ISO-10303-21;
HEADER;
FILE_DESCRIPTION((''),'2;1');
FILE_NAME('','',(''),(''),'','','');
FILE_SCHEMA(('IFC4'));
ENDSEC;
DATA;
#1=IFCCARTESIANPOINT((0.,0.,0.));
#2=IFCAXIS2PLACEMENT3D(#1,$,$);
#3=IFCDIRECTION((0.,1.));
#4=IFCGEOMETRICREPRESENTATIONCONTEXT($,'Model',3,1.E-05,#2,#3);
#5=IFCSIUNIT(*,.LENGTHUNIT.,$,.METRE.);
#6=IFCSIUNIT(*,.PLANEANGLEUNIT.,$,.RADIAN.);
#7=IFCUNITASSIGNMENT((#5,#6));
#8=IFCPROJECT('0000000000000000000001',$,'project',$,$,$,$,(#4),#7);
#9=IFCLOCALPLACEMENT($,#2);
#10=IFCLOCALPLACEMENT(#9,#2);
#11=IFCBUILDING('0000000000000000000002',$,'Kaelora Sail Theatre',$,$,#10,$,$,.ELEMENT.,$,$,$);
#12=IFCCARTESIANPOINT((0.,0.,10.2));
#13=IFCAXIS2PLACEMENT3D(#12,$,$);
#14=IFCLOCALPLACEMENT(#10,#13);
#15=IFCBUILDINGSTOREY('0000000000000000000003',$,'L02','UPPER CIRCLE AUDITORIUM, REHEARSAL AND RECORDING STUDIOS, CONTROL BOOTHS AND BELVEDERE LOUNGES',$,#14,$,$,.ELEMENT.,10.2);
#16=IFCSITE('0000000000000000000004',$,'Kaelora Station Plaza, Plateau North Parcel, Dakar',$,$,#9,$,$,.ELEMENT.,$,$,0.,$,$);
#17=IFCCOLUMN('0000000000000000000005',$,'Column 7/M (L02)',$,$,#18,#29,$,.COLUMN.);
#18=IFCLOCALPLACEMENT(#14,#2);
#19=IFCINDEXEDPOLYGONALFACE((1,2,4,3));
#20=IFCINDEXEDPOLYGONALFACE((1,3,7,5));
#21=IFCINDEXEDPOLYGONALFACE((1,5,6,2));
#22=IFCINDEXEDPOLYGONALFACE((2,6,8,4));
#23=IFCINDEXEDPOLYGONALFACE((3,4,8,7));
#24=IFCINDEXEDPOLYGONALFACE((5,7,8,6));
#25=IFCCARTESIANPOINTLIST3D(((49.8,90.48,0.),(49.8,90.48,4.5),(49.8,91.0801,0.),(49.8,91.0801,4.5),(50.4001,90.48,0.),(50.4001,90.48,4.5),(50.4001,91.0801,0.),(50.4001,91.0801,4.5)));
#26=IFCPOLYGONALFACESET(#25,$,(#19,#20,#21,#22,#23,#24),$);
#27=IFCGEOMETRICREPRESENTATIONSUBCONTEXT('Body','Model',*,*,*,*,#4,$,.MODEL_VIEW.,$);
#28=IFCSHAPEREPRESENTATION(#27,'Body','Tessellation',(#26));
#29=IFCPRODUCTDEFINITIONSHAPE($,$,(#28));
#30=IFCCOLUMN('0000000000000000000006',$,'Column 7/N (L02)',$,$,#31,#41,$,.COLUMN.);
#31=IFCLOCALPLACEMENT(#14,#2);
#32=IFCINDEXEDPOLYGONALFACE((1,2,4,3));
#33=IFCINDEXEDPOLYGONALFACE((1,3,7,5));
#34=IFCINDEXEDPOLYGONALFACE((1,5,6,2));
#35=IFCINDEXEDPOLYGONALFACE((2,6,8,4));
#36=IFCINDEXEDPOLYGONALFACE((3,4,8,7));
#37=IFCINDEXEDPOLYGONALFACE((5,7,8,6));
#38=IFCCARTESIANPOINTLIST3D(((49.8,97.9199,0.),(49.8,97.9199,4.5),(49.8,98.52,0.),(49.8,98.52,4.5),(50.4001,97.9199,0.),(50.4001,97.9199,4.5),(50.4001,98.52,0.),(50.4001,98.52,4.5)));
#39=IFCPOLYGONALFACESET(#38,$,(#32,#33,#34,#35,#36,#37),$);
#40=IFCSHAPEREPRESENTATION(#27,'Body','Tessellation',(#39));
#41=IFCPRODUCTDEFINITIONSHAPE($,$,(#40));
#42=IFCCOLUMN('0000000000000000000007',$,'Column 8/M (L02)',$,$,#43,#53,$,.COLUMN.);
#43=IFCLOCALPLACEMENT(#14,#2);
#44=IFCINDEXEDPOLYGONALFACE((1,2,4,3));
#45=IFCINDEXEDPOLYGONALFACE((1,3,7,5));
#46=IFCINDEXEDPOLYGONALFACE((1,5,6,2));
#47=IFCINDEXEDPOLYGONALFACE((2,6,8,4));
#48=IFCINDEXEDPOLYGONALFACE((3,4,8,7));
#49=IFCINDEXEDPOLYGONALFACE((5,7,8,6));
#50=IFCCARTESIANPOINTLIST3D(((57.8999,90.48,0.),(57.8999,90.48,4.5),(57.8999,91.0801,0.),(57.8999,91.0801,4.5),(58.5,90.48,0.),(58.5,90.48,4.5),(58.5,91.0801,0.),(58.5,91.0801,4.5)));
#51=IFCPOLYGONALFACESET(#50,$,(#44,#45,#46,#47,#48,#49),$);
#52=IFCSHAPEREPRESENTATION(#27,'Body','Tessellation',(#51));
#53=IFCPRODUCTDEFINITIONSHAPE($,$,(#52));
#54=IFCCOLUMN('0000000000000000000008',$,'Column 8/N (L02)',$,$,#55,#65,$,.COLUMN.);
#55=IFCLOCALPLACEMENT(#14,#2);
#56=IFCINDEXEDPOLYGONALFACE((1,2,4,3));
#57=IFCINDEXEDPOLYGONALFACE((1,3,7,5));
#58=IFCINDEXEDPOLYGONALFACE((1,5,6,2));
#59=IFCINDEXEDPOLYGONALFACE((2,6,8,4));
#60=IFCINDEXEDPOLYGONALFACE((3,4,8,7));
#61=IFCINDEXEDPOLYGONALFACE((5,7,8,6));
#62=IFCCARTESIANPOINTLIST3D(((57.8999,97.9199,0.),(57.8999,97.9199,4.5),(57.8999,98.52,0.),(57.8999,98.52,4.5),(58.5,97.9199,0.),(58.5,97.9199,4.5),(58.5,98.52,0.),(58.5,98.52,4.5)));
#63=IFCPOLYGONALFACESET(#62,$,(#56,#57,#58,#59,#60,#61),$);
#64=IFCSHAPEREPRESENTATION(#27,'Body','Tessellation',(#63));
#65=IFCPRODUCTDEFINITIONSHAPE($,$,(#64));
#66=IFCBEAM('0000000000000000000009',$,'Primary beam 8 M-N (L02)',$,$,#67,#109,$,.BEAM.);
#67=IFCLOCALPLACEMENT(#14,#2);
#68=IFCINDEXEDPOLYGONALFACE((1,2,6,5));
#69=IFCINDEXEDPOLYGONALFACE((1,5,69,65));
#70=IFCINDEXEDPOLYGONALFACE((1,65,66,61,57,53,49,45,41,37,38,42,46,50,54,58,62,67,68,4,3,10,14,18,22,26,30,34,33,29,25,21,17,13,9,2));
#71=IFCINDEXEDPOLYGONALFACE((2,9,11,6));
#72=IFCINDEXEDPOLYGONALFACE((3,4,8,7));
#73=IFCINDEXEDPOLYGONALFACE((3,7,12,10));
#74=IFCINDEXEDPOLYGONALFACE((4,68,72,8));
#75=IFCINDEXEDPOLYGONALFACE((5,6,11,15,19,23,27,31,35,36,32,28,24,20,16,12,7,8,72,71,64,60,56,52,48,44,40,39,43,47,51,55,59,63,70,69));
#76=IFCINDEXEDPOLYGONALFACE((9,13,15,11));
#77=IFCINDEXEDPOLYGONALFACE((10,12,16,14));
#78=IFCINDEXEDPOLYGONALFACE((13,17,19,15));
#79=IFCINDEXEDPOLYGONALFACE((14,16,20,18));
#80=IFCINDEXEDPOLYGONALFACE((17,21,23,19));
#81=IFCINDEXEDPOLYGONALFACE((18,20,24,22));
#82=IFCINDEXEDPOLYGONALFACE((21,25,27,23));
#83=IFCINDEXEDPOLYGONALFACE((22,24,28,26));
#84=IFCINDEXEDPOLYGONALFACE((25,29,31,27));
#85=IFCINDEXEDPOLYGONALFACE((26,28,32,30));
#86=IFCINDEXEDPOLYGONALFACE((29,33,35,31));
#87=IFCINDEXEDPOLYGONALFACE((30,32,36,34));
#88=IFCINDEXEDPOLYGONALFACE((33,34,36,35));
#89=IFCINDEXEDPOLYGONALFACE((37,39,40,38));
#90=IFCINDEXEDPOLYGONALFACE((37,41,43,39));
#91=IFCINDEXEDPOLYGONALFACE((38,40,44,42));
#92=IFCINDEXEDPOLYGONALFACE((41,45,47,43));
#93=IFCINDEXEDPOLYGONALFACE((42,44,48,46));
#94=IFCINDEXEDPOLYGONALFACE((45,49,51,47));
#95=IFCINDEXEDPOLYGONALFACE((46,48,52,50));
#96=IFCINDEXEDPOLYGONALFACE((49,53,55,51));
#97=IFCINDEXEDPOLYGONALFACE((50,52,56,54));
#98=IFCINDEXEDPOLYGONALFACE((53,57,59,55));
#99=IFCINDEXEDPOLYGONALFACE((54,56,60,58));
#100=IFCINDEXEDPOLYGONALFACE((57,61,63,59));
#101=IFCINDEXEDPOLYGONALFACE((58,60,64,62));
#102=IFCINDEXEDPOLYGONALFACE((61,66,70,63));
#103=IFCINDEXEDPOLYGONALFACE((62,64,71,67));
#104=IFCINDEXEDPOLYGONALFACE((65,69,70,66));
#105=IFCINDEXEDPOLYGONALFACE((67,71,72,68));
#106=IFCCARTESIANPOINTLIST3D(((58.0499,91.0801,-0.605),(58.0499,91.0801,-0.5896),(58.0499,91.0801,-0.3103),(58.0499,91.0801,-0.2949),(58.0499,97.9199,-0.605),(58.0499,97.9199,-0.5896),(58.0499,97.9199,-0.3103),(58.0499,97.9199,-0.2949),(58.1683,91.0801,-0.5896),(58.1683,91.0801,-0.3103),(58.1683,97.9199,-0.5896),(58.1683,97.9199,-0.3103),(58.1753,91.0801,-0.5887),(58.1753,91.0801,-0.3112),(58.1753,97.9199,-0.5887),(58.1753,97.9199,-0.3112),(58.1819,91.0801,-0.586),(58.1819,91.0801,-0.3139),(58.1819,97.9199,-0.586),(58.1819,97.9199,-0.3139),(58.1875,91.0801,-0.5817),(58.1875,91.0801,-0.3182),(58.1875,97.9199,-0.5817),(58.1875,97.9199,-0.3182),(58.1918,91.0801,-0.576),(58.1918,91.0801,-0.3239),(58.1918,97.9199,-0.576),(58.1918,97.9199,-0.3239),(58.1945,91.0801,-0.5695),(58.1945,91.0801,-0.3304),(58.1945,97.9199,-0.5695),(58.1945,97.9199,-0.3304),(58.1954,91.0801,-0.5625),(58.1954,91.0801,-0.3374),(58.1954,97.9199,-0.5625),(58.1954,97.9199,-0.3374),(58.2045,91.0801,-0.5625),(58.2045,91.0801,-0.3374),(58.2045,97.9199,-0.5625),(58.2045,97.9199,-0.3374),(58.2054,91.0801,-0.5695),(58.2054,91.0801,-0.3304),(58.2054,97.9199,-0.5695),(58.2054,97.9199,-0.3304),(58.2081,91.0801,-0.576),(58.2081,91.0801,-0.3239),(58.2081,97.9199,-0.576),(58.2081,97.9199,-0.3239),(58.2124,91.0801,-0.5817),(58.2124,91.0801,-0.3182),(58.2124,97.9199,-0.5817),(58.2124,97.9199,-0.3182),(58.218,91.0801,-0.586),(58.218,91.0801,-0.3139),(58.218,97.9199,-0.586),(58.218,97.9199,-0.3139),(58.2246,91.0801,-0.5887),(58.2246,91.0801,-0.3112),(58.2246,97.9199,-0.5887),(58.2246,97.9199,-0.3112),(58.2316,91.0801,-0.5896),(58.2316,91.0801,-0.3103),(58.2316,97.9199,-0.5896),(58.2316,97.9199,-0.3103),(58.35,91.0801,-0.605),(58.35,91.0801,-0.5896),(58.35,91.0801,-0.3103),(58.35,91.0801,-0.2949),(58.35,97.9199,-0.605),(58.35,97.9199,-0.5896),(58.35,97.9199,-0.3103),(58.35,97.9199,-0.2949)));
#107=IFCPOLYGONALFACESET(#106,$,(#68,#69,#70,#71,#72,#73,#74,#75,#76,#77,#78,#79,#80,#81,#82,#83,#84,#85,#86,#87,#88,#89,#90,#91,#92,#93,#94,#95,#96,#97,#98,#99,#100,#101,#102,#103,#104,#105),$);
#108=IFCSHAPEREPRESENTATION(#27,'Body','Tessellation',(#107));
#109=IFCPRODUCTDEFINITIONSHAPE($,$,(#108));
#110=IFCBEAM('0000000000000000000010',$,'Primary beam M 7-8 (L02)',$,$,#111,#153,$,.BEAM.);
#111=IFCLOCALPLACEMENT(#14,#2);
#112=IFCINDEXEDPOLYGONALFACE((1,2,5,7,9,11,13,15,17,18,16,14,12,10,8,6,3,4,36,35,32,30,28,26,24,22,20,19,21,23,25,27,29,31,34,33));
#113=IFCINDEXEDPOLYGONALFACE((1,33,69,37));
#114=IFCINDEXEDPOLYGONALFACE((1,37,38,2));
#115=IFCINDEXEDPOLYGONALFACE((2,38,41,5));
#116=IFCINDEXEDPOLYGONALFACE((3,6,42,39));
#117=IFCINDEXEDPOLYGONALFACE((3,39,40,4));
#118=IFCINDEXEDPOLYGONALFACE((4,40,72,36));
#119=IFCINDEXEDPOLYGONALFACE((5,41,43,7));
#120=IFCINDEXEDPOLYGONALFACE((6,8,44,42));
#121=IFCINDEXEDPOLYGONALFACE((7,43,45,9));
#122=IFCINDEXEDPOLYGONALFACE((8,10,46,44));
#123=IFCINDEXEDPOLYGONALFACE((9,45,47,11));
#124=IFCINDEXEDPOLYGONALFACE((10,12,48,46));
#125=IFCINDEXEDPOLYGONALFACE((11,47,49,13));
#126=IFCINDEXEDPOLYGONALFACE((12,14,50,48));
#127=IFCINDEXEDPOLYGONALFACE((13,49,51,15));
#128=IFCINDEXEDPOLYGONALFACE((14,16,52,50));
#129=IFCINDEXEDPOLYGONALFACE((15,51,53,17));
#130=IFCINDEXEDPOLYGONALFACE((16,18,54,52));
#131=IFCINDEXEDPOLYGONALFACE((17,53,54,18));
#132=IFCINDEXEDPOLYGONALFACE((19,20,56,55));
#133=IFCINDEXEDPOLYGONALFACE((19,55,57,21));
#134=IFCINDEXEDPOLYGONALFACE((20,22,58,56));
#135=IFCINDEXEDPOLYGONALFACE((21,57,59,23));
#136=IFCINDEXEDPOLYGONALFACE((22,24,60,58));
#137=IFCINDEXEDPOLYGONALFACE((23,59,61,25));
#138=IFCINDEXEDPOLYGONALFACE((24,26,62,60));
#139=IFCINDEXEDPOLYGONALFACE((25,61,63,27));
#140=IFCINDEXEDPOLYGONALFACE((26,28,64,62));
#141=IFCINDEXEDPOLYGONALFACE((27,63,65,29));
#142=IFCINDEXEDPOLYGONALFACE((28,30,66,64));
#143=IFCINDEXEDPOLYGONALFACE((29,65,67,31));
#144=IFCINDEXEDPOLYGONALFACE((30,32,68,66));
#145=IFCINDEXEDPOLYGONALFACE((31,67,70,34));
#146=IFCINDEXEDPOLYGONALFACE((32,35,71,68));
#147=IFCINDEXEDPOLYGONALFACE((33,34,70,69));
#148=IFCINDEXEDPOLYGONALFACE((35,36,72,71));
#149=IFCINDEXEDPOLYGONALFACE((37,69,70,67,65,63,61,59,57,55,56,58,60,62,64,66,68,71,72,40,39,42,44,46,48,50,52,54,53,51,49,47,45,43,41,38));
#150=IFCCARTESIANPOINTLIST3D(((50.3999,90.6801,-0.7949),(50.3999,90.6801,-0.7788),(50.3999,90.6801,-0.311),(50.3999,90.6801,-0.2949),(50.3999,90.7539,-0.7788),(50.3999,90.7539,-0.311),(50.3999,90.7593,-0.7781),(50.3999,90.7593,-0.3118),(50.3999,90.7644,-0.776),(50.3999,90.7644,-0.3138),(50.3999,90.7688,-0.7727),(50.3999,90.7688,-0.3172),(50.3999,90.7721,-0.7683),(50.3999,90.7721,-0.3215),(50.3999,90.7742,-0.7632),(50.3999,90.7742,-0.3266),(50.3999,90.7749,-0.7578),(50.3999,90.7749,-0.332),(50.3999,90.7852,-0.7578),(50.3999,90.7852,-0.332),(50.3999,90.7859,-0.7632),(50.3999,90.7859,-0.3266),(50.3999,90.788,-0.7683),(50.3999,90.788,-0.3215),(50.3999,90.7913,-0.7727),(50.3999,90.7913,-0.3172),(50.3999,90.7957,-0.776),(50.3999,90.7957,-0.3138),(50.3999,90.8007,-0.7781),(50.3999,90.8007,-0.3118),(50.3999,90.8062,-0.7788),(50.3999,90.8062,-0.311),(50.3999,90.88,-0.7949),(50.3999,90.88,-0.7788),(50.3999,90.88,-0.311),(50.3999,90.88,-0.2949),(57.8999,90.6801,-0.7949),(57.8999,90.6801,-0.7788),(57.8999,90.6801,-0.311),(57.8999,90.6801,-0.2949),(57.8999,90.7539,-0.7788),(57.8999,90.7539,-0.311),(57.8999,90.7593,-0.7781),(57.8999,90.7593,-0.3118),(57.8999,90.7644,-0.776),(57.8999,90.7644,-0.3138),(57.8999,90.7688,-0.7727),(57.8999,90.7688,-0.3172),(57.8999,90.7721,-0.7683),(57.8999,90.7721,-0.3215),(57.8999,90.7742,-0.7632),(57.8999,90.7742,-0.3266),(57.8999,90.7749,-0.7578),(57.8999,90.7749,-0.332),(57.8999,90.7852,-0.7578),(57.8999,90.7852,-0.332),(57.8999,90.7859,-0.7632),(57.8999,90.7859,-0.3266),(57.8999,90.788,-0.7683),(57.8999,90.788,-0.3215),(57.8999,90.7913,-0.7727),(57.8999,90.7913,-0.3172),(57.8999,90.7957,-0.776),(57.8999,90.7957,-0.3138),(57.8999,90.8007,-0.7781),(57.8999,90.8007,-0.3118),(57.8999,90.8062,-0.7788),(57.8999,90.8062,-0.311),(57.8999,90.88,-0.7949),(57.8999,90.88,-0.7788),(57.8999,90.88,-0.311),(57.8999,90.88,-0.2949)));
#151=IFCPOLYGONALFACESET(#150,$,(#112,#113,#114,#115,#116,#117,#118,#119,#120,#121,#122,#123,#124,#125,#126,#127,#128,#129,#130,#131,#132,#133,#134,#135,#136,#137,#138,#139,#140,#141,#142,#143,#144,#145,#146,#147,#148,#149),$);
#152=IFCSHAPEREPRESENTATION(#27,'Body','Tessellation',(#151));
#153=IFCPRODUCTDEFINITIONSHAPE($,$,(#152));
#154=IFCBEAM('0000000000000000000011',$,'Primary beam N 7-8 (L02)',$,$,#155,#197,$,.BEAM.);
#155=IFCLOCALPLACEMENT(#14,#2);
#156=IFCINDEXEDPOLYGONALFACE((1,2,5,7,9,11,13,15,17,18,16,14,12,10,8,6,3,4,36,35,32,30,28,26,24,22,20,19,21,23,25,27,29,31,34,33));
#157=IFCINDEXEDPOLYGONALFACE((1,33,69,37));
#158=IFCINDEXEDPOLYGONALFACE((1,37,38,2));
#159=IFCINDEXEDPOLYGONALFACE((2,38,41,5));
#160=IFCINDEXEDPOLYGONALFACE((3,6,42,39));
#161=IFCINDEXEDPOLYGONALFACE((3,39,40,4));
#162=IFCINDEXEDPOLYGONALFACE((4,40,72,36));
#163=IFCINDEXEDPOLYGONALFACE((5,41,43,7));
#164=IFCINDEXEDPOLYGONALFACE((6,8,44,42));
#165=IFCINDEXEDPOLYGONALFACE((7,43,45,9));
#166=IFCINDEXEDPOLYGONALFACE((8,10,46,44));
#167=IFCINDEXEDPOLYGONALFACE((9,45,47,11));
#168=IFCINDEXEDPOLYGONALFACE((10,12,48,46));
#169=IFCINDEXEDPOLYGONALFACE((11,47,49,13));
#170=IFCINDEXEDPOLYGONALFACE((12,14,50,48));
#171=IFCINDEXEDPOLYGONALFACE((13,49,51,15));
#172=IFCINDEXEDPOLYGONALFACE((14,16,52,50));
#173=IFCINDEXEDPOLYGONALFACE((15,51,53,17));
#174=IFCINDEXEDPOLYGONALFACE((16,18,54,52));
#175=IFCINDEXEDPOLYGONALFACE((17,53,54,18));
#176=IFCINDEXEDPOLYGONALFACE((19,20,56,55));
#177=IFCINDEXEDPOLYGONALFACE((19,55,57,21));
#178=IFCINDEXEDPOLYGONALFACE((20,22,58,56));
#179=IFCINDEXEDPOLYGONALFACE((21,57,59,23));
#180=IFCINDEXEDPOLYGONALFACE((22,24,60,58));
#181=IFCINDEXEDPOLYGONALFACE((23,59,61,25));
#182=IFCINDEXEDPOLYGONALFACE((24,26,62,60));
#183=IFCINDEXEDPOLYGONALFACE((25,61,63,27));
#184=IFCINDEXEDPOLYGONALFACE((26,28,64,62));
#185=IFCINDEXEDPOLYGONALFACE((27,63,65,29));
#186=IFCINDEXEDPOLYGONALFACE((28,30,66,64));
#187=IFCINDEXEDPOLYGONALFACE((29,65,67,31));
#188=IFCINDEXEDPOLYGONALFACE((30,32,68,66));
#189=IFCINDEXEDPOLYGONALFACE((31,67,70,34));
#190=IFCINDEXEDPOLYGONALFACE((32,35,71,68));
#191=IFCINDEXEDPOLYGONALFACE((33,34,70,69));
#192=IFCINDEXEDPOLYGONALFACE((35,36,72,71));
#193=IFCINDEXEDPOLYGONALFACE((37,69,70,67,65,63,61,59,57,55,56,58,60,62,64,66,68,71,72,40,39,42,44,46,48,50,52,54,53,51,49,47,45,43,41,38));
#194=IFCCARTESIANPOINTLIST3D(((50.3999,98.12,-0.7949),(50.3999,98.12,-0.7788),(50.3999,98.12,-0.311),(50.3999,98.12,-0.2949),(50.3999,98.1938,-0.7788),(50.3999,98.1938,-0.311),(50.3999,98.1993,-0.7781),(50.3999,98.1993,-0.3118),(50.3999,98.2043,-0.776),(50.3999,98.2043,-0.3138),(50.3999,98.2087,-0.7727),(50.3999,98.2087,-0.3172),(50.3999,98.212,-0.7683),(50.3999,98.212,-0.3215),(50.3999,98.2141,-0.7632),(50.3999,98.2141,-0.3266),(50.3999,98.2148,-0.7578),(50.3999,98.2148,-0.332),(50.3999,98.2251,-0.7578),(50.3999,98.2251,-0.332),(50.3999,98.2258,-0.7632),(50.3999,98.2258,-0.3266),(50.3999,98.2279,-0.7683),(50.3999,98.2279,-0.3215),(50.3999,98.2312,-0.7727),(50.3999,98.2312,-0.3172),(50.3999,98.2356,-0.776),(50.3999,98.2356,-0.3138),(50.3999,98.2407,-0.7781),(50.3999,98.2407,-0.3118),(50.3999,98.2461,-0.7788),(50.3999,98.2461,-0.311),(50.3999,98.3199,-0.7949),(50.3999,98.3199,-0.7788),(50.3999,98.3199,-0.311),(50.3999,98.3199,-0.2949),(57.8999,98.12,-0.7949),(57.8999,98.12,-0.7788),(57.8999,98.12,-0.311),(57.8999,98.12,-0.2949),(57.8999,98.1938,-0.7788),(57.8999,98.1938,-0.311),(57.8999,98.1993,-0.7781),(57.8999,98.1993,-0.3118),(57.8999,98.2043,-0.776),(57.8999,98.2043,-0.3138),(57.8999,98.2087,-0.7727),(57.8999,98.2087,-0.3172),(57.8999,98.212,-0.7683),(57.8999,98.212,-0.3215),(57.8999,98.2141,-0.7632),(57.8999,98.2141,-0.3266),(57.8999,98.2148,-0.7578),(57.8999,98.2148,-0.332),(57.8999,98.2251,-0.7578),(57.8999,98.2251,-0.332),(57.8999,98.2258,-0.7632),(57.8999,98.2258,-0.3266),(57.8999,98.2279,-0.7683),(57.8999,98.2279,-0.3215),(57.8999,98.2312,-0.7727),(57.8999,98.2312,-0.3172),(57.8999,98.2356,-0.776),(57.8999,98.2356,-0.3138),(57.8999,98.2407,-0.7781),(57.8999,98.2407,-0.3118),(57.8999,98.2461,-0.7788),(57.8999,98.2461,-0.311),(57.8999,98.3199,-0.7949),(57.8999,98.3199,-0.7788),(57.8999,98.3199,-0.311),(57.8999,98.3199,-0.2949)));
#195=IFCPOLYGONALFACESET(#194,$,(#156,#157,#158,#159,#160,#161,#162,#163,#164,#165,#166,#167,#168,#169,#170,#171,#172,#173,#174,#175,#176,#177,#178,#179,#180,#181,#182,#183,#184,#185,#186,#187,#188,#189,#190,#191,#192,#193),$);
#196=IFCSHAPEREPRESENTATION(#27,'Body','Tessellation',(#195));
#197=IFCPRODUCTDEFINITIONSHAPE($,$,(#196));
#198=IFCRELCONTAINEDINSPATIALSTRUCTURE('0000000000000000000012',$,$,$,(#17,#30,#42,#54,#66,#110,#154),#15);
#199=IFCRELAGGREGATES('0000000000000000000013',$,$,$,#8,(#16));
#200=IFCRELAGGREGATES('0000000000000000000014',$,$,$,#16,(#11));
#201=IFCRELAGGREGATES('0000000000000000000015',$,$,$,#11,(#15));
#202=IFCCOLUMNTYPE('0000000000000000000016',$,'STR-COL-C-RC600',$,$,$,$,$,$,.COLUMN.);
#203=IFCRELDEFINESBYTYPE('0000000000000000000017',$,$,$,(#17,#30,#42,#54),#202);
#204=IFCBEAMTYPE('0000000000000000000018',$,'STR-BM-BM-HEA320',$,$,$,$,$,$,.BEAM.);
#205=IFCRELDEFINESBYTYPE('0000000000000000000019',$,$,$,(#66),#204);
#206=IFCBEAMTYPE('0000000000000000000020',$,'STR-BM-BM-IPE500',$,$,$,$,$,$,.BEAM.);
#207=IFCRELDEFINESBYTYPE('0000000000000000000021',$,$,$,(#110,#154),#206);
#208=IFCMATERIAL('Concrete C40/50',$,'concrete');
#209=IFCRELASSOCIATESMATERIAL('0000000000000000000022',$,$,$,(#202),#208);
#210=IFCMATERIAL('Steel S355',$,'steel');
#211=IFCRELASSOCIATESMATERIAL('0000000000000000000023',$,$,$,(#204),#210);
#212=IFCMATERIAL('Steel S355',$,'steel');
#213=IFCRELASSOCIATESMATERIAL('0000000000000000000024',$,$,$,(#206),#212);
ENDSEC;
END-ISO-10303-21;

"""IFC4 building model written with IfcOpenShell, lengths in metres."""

from ifc_helpers import new_model, si_unit, direction, frame, origin, origin_2d, place, context, subcontext, project, spatial, rectangle, i_section, extrude, material, material_profile, profile_set, type_object, element, save


model = new_model("IFC4")

# Units and contexts
model_context = context("Model", 3, precision=1e-05, world=origin(), true_north=direction((0.0, 1.0)))
body_context = subcontext(model_context, "Body", "Model", "MODEL_VIEW")
ifc_project = project(units=[si_unit("LENGTHUNIT", "METRE"), si_unit("PLANEANGLEUNIT", "RADIAN")], contexts=[model_context])

# Site, building, storey
site_placement = place(None, origin())
site = spatial("IfcSite", under=ifc_project, at=site_placement, Name="Kaelora Station Plaza, Plateau North Parcel, Dakar", CompositionType="ELEMENT", RefElevation=0.0)
building_placement = place(site_placement, origin())
building = spatial("IfcBuilding", under=site, at=building_placement, Name="Kaelora Sail Theatre", CompositionType="ELEMENT")
storey_placement = place(building_placement, frame((0.0, 0.0, 10.2)))
storey = spatial("IfcBuildingStorey", under=building, at=storey_placement, Name="L02", Description="UPPER CIRCLE AUDITORIUM, REHEARSAL AND RECORDING STUDIOS, CONTROL BOOTHS AND BELVEDERE LOUNGES", CompositionType="ELEMENT", Elevation=10.2)

# Columns
ifc_material_1 = material(Name="Concrete C40/50", Category="concrete")
ifc_material_profile_1 = material_profile(ifc_material_1, rectangle(XDim=0.6001, YDim=0.6001, at=origin_2d()), Name="RC-COL 600x600")
ifc_profile_set_1 = profile_set([ifc_material_profile_1], Name="Concrete C40/50")
column_type = type_object("IfcColumnType", Name="STR-COL-C-RC600", PredefinedType="COLUMN", material=ifc_profile_set_1)
for number, where, z_axis, x_axis, name in (
    (1, (50.1001, 90.78, 0.0), (0.0, 0.0, 1.0), (1.0, 0.0, 0.0), "Column 7/M (L02)"),
    (2, (50.1001, 98.22, 0.0), (0.0, 0.0, 1.0), (1.0, 0.0, 0.0), "Column 7/N (L02)"),
    (3, (58.2, 90.78, 0.0), (0.0, 0.0, 1.0), (1.0, 0.0, 0.0), "Column 8/M (L02)"),
    (4, (58.2, 98.22, 0.0), (0.0, 0.0, 1.0), (1.0, 0.0, 0.0), "Column 8/N (L02)"),
):
    element("IfcColumn", number, at=place(storey_placement, frame(where, z_axis=z_axis, x_axis=x_axis)), inside=storey, type_object=column_type, Name=name, PredefinedType="COLUMN", context=body_context, shape_type="SweptSolid", body=[
        extrude(rectangle(XDim=0.6001, YDim=0.6001, at=origin_2d()), origin(), (0.0, 0.0, 1.0), 4.5),
    ])

# Beams
ifc_material_2 = material(Name="Steel S355", Category="steel")
ifc_material_profile_2 = material_profile(ifc_material_2, i_section(OverallWidth=0.3, OverallDepth=0.3101, WebThickness=0.009, FlangeThickness=0.0154, FilletRadius=0.0271, at=origin_2d()), Name="HEA 320")
ifc_profile_set_2 = profile_set([ifc_material_profile_2], Name="Steel S355")
beam_type_1 = type_object("IfcBeamType", Name="STR-BM-BM-HEA320", PredefinedType="BEAM", material=ifc_profile_set_2)
beam_1_placement = place(storey_placement, frame((58.2, 91.0801, -0.45), z_axis=(0.0, 1.0, 0.0), x_axis=(-1.0, 0.0, 0.0)))
element("IfcBeam", 5, at=beam_1_placement, inside=storey, type_object=beam_type_1, Name="Primary beam 8 M-N (L02)", PredefinedType="BEAM", context=body_context, shape_type="SweptSolid", body=[
    extrude(i_section(OverallWidth=0.3, OverallDepth=0.3101, WebThickness=0.009, FlangeThickness=0.0154, FilletRadius=0.0271, at=origin_2d()), origin(), (0.0, 0.0, 1.0), 6.8398),
])
ifc_material_3 = material(Name="Steel S355", Category="steel")
ifc_material_profile_3 = material_profile(ifc_material_3, i_section(OverallWidth=0.2, OverallDepth=0.5, WebThickness=0.0103, FlangeThickness=0.0161, FilletRadius=0.021, at=origin_2d()), Name="IPE 500")
ifc_profile_set_3 = profile_set([ifc_material_profile_3], Name="Steel S355")
beam_type_2 = type_object("IfcBeamType", Name="STR-BM-BM-IPE500", PredefinedType="BEAM", material=ifc_profile_set_3)
for number, where, z_axis, x_axis, name in (
    (6, (50.3999, 90.78, -0.5449), (1.0, 0.0, 0.0), (0.0, 1.0, 0.0), "Primary beam M 7-8 (L02)"),
    (7, (50.3999, 98.22, -0.5449), (1.0, 0.0, 0.0), (0.0, 1.0, 0.0), "Primary beam N 7-8 (L02)"),
):
    element("IfcBeam", number, at=place(storey_placement, frame(where, z_axis=z_axis, x_axis=x_axis)), inside=storey, type_object=beam_type_2, Name=name, PredefinedType="BEAM", context=body_context, shape_type="SweptSolid", body=[
        extrude(i_section(OverallWidth=0.2, OverallDepth=0.5, WebThickness=0.0103, FlangeThickness=0.0161, FilletRadius=0.021, at=origin_2d()), origin(), (0.0, 0.0, 1.0), 7.5),
    ])

save(model, "model.ifc")
